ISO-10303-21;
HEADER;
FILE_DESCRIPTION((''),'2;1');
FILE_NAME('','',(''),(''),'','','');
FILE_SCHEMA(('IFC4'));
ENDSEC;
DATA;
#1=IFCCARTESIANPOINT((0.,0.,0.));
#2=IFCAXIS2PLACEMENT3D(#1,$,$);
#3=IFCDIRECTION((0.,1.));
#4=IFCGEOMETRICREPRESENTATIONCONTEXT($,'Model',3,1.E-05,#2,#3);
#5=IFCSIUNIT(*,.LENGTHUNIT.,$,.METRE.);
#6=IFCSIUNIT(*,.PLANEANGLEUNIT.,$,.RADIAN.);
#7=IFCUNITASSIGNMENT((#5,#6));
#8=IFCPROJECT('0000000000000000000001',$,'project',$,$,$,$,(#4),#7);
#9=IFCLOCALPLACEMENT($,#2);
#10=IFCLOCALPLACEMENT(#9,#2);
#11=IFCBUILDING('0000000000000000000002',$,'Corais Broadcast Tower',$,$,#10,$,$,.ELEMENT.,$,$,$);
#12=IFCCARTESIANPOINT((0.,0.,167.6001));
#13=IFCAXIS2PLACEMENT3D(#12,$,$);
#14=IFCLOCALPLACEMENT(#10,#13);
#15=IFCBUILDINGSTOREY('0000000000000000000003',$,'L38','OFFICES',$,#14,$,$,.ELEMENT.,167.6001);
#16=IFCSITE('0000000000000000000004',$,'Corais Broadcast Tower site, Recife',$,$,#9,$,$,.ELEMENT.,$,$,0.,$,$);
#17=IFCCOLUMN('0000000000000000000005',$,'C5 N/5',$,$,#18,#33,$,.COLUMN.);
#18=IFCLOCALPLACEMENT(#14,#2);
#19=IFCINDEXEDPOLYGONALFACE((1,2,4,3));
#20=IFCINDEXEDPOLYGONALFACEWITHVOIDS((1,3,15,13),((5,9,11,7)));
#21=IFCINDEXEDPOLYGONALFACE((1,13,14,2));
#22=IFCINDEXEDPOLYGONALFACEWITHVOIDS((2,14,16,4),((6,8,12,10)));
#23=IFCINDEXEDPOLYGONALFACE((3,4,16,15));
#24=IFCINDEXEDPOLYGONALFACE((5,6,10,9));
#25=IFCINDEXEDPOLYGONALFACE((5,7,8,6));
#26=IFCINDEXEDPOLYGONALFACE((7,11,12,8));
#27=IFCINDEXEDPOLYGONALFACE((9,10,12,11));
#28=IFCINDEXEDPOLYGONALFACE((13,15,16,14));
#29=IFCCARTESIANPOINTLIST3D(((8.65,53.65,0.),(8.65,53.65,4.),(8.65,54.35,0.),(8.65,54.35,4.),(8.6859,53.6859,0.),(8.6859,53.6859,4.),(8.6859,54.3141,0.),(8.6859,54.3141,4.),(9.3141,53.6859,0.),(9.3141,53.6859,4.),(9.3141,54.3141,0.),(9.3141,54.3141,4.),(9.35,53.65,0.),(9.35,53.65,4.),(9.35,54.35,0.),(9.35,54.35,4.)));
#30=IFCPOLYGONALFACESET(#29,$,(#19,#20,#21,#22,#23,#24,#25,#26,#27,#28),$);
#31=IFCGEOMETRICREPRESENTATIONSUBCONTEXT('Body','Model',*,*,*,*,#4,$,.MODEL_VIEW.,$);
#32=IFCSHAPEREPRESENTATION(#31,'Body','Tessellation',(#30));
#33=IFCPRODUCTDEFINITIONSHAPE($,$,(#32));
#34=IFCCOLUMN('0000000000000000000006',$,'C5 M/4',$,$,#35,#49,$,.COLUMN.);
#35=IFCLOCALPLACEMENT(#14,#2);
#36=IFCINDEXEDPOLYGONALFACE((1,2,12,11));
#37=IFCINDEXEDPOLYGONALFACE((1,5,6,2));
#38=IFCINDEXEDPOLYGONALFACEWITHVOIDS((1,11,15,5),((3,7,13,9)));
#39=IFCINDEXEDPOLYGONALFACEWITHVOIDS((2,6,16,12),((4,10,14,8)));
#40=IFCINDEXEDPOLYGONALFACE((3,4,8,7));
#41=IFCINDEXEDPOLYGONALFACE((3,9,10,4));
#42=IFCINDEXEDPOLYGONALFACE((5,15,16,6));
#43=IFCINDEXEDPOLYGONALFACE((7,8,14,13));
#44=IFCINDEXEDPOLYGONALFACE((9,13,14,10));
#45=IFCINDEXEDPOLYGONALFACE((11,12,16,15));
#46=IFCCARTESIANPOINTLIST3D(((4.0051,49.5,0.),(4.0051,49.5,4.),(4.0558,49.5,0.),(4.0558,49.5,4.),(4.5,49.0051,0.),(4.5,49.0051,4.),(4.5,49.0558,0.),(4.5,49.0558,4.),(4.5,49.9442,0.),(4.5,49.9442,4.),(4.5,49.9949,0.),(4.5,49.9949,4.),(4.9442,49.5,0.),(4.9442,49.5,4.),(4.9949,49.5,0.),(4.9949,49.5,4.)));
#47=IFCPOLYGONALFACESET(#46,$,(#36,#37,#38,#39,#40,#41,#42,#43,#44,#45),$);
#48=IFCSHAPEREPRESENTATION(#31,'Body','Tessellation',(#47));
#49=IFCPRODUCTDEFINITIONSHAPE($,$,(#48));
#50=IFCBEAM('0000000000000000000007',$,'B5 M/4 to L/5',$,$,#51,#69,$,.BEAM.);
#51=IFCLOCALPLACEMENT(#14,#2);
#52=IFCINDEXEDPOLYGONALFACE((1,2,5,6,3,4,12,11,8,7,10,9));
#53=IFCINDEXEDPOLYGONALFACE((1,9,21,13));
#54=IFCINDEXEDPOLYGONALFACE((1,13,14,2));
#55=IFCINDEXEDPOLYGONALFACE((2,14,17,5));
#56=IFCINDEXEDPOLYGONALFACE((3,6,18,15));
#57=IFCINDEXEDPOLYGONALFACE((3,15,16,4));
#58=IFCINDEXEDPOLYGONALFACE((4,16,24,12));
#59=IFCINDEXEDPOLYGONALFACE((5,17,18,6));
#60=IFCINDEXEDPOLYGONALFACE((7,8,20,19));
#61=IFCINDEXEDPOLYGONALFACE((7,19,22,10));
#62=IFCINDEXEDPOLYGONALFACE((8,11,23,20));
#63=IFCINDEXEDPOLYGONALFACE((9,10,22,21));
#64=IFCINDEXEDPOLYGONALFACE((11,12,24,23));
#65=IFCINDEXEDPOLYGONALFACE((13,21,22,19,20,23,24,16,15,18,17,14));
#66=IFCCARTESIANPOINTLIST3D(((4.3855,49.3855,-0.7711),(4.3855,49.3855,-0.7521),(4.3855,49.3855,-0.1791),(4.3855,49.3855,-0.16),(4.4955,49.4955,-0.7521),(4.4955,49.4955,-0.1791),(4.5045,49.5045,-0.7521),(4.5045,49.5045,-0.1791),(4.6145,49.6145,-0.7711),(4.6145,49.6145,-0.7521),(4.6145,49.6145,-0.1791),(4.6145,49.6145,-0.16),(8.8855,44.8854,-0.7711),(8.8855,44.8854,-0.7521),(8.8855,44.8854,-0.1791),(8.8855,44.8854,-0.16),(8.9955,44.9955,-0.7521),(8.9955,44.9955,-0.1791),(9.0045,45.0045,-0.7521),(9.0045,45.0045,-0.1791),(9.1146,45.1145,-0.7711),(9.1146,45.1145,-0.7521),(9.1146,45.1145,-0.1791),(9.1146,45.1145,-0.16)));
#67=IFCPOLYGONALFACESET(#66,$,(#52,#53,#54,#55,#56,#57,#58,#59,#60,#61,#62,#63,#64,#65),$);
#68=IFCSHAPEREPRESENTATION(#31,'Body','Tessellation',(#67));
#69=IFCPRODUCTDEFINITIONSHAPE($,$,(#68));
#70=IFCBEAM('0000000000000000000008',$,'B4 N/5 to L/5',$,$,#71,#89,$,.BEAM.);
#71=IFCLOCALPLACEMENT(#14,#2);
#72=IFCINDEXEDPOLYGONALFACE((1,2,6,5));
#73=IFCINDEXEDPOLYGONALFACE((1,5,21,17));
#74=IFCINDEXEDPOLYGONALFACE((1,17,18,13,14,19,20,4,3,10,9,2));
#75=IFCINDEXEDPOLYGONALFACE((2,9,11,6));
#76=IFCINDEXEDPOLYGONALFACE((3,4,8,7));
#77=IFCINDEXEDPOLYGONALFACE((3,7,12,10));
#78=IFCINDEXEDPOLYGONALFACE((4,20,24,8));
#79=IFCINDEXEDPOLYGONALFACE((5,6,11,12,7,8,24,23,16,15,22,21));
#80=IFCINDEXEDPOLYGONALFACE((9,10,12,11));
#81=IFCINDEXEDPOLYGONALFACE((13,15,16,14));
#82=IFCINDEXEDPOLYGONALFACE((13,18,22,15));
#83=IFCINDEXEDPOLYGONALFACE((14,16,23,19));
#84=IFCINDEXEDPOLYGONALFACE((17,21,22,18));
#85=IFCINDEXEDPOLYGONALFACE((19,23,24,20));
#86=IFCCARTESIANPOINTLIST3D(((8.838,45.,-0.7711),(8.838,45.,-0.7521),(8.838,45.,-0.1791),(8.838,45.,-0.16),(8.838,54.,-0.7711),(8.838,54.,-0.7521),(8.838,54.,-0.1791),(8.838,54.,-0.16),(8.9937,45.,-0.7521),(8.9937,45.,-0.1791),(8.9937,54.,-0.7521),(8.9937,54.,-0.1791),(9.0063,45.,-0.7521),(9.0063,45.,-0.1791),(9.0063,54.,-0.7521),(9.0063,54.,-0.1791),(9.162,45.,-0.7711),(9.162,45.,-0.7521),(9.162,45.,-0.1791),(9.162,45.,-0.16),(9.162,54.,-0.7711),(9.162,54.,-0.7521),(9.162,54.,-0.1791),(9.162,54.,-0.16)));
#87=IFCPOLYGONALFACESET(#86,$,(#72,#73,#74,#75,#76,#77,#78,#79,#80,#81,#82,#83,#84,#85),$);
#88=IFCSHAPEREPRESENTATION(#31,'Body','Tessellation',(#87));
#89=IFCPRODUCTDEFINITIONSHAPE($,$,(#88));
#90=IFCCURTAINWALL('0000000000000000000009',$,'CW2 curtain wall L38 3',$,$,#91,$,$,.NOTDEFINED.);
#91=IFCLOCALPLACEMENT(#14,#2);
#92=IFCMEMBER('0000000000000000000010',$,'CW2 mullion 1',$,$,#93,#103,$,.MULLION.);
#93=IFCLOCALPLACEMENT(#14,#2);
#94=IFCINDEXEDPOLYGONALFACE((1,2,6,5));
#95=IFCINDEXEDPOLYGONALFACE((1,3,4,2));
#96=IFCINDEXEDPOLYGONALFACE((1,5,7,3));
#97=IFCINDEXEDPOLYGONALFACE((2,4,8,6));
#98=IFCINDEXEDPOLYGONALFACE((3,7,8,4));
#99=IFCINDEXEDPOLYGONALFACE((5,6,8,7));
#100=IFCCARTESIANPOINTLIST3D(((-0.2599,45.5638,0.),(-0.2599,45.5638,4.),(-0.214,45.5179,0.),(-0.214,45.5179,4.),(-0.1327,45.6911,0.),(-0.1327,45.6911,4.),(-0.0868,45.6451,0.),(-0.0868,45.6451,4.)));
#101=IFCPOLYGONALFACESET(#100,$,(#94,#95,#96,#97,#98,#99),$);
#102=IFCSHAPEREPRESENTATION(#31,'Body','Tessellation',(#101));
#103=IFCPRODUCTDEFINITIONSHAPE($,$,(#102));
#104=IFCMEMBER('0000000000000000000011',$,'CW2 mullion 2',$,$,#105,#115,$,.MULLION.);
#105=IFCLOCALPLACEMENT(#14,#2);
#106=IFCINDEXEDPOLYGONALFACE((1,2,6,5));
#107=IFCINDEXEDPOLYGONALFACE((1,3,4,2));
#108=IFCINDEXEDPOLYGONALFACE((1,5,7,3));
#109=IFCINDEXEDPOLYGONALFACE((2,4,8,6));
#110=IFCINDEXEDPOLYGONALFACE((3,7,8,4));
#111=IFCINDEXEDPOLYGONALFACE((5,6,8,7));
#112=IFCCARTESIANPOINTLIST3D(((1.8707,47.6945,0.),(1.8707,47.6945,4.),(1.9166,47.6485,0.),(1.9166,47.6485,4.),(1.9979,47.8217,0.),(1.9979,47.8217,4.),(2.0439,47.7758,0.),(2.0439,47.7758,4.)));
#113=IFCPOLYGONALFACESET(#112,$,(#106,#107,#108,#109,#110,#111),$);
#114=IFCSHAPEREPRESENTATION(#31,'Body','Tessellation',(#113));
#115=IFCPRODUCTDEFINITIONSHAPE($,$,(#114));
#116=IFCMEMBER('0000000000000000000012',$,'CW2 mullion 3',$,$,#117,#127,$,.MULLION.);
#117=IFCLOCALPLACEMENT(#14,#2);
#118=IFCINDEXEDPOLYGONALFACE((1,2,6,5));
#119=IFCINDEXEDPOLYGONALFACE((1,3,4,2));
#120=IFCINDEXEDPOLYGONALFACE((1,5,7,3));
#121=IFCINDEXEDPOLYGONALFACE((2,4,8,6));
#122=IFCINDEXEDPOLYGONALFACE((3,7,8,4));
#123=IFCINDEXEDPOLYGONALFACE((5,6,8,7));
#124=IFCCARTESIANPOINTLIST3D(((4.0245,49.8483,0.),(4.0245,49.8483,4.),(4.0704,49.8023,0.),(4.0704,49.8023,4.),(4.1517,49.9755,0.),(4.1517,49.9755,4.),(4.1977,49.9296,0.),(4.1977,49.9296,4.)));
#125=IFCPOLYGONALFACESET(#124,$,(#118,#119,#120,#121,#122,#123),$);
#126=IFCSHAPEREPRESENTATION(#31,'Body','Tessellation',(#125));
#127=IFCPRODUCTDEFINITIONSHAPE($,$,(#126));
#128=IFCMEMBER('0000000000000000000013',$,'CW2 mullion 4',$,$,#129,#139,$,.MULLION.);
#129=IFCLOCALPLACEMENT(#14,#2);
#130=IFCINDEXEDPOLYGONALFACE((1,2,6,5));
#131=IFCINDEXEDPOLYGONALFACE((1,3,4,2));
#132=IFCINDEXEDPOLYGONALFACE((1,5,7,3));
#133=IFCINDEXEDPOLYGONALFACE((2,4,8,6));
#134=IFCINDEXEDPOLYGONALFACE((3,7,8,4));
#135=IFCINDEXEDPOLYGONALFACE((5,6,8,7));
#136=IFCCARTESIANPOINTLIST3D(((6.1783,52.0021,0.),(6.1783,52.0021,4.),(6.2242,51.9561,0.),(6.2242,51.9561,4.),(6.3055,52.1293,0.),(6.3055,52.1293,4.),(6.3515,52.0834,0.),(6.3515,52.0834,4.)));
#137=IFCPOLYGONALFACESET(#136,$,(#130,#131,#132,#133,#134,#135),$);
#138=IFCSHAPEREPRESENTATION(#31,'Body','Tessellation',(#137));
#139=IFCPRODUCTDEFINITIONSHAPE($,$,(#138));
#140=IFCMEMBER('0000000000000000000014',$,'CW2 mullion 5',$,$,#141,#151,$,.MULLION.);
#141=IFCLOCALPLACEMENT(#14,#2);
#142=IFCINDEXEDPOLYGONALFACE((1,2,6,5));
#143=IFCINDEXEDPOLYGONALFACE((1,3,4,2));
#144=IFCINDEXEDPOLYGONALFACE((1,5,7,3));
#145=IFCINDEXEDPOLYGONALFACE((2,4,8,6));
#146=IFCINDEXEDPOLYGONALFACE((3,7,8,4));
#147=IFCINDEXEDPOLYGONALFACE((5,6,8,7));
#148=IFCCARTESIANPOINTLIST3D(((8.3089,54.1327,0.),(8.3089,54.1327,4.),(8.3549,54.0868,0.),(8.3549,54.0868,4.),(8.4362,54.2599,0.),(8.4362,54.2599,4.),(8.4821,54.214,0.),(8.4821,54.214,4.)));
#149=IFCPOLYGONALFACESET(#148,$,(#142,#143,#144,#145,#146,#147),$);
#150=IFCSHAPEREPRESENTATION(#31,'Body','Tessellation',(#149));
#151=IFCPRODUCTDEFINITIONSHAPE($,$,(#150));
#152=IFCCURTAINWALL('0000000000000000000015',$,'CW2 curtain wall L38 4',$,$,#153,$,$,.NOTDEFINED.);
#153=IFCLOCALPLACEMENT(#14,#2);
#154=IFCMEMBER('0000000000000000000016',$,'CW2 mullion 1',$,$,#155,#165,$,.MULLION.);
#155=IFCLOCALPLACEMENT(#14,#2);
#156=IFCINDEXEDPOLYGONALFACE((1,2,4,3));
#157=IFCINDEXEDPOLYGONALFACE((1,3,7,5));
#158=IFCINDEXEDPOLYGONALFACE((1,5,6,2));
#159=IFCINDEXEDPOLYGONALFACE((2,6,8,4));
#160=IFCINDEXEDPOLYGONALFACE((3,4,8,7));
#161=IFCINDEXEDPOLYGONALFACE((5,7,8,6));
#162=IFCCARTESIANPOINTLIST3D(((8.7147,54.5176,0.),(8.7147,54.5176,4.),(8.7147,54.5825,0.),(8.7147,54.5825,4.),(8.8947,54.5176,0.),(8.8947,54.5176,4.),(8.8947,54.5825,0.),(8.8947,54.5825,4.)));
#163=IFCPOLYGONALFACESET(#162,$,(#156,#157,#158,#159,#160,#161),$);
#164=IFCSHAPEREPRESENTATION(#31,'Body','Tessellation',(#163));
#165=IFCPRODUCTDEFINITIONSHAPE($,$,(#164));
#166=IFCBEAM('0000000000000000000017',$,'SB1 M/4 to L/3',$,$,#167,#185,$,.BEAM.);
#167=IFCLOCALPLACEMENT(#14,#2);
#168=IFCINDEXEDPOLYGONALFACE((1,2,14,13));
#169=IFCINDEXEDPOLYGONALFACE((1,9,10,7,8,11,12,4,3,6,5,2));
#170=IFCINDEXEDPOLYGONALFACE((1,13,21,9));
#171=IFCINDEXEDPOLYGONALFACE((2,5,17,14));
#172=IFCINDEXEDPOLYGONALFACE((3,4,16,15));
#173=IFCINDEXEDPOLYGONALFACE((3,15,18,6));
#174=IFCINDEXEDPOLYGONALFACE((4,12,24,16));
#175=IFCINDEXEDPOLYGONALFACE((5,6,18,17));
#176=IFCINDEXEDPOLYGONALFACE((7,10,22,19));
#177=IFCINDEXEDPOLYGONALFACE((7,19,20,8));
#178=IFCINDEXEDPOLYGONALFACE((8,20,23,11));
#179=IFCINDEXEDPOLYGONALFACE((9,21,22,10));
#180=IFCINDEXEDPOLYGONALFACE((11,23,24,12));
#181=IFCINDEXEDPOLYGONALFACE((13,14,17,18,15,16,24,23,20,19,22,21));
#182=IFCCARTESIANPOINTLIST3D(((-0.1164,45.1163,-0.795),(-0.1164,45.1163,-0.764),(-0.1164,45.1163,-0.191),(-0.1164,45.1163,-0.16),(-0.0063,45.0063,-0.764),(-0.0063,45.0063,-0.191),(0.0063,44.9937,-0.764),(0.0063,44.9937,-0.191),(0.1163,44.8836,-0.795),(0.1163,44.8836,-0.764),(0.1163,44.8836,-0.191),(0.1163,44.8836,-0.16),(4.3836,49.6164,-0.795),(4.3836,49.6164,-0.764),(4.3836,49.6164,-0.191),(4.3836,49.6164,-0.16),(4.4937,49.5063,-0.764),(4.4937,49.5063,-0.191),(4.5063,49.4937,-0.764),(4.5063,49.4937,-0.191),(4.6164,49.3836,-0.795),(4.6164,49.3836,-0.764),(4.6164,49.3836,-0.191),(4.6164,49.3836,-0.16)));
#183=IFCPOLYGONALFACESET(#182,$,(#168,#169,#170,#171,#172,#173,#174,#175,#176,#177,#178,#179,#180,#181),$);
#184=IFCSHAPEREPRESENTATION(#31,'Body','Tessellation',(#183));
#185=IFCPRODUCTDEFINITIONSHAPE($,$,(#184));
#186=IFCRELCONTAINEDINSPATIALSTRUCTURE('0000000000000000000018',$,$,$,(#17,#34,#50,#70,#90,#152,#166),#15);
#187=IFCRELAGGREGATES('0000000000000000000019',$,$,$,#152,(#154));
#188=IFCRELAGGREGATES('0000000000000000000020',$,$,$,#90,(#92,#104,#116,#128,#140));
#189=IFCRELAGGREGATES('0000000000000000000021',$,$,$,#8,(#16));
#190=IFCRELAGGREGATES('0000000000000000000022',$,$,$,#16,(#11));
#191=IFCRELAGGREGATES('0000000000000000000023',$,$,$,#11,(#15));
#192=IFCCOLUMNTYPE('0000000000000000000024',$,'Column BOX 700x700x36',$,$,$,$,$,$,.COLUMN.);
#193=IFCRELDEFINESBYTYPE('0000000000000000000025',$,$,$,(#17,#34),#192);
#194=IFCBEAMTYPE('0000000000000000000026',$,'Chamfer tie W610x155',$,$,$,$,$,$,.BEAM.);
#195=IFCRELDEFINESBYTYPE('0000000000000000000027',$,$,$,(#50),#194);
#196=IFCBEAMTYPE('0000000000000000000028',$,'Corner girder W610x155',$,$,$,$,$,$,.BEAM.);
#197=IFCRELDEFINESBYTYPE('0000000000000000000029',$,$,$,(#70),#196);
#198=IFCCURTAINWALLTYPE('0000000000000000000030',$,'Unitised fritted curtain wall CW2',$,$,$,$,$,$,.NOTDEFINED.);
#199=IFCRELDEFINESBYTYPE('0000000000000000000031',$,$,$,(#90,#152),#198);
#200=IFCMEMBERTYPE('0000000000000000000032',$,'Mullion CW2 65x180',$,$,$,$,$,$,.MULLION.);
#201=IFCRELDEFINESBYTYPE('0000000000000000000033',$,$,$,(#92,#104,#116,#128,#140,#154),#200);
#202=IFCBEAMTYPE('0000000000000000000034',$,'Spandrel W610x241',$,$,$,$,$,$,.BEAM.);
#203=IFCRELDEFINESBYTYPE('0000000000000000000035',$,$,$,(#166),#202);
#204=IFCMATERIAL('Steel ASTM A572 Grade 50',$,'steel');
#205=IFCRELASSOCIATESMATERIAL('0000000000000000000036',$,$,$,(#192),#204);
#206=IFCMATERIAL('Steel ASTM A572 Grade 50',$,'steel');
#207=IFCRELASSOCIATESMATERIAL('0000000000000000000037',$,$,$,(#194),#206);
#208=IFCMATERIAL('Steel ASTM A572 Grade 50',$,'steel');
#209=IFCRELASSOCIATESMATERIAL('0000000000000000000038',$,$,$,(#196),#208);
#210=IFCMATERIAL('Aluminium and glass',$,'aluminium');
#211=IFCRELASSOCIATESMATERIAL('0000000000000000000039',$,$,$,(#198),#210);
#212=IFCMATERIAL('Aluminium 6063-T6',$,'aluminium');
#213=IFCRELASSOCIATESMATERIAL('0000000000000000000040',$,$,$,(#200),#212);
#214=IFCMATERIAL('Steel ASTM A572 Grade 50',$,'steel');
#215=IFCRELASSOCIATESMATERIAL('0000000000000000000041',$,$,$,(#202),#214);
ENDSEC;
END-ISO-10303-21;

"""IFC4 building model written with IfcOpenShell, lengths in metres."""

from ifc_helpers import new_model, si_unit, direction, frame, origin, origin_2d, place, context, subcontext, project, spatial, rectangle, hollow_rectangle, i_section, extrude, material, material_profile, profile_set, type_object, element, aggregate, save


model = new_model("IFC4")

# Units and contexts
model_context = context("Model", 3, precision=1e-05, world=origin(), true_north=direction((0.0, 1.0)))
body_context = subcontext(model_context, "Body", "Model", "MODEL_VIEW")
ifc_project = project(units=[si_unit("LENGTHUNIT", "METRE"), si_unit("PLANEANGLEUNIT", "RADIAN")], contexts=[model_context])

# Site, building, storey
site_placement = place(None, origin())
site = spatial("IfcSite", under=ifc_project, at=site_placement, Name="Corais Broadcast Tower site, Recife", CompositionType="ELEMENT", RefElevation=0.0)
building_placement = place(site_placement, origin())
building = spatial("IfcBuilding", under=site, at=building_placement, Name="Corais Broadcast Tower", CompositionType="ELEMENT")
storey_placement = place(building_placement, frame((0.0, 0.0, 167.6001)))
storey = spatial("IfcBuildingStorey", under=building, at=storey_placement, Name="L38", Description="OFFICES", CompositionType="ELEMENT", Elevation=167.6001)

# Columns
ifc_material_1 = material(Name="Steel ASTM A572 Grade 50", Category="steel")
ifc_material_profile_1 = material_profile(ifc_material_1, hollow_rectangle(XDim=0.7, YDim=0.7, WallThickness=0.0359, at=origin_2d()), Name="BOX 700x700x36")
ifc_profile_set_1 = profile_set([ifc_material_profile_1], Name="Steel ASTM A572 Grade 50")
column_type = type_object("IfcColumnType", Name="Column BOX 700x700x36", PredefinedType="COLUMN", material=ifc_profile_set_1)
for number, where, z_axis, x_axis, name in (
    (1, (9.0, 54.0, 0.0), (0.0, 0.0, 1.0), (1.0, 0.0, 0.0), "C5 N/5"),
    (2, (4.5, 49.5, 0.0), (0.0, 0.0, 1.0), (0.707107, 0.707107, 0.0), "C5 M/4"),
):
    element("IfcColumn", number, at=place(storey_placement, frame(where, z_axis=z_axis, x_axis=x_axis)), inside=storey, type_object=column_type, Name=name, PredefinedType="COLUMN", context=body_context, shape_type="SweptSolid", body=[
        extrude(hollow_rectangle(XDim=0.7, YDim=0.7, WallThickness=0.0359, at=origin_2d()), origin(), (0.0, 0.0, 1.0), 4.0),
    ])

# Beams
ifc_material_2 = material(Name="Steel ASTM A572 Grade 50", Category="steel")
ifc_material_profile_2 = material_profile(ifc_material_2, i_section(OverallWidth=0.324, OverallDepth=0.6111, WebThickness=0.0127, FlangeThickness=0.019, at=origin_2d()), Name="W610x155")
ifc_profile_set_2 = profile_set([ifc_material_profile_2], Name="Steel ASTM A572 Grade 50")
beam_type_1 = type_object("IfcBeamType", Name="Chamfer tie W610x155", PredefinedType="BEAM", material=ifc_profile_set_2)
beam_1_placement = place(storey_placement, frame((4.5, 49.5, -0.4656), z_axis=(0.707107, -0.707107, 0.0), x_axis=(0.707107, 0.707107, 0.0)))
element("IfcBeam", 3, at=beam_1_placement, inside=storey, type_object=beam_type_1, Name="B5 M/4 to L/5", PredefinedType="BEAM", context=body_context, shape_type="SweptSolid", body=[
    extrude(i_section(OverallWidth=0.324, OverallDepth=0.6111, WebThickness=0.0127, FlangeThickness=0.019, at=origin_2d()), origin(), (0.0, 0.0, 1.0), 6.364),
])
ifc_material_3 = material(Name="Steel ASTM A572 Grade 50", Category="steel")
ifc_material_profile_3 = material_profile(ifc_material_3, i_section(OverallWidth=0.324, OverallDepth=0.6111, WebThickness=0.0127, FlangeThickness=0.019, at=origin_2d()), Name="W610x155")
ifc_profile_set_3 = profile_set([ifc_material_profile_3], Name="Steel ASTM A572 Grade 50")
beam_type_2 = type_object("IfcBeamType", Name="Corner girder W610x155", PredefinedType="BEAM", material=ifc_profile_set_3)
beam_2_placement = place(storey_placement, frame((9.0, 54.0, -0.4656), z_axis=(0.0, -1.0, 0.0), x_axis=(1.0, 0.0, 0.0)))
element("IfcBeam", 4, at=beam_2_placement, inside=storey, type_object=beam_type_2, Name="B4 N/5 to L/5", PredefinedType="BEAM", context=body_context, shape_type="SweptSolid", body=[
    extrude(i_section(OverallWidth=0.324, OverallDepth=0.6111, WebThickness=0.0127, FlangeThickness=0.019, at=origin_2d()), origin(), (0.0, 0.0, 1.0), 9.0),
])

# Curtain wall, members
ifc_material_4 = material(Name="Aluminium and glass", Category="aluminium")
curtain_wall_type = type_object("IfcCurtainWallType", Name="Unitised fritted curtain wall CW2", PredefinedType="NOTDEFINED", material=ifc_material_4)
curtain_wall_1_placement = place(storey_placement, origin())
curtain_wall_1 = element("IfcCurtainWall", 5, at=curtain_wall_1_placement, inside=storey, type_object=curtain_wall_type, Name="CW2 curtain wall L38 3", PredefinedType="NOTDEFINED")
ifc_material_5 = material(Name="Aluminium 6063-T6", Category="aluminium")
ifc_material_profile_4 = material_profile(ifc_material_5, rectangle(XDim=0.0649, YDim=0.1799, at=origin_2d()), Name="Mullion CW2 65x180")
ifc_profile_set_4 = profile_set([ifc_material_profile_4], Name="Aluminium 6063-T6")
member_type_1 = type_object("IfcMemberType", Name="Mullion CW2 65x180", PredefinedType="MULLION", material=ifc_profile_set_4)
member_1_placement = place(storey_placement, frame((-0.1733, 45.6045, 0.0), z_axis=(0.0, 0.0, 1.0), x_axis=(-0.707107, 0.707107, 0.0)))
member_1 = element("IfcMember", 6, at=member_1_placement, type_object=member_type_1, Name="CW2 mullion 1", PredefinedType="MULLION", context=body_context, shape_type="SweptSolid", body=[
    extrude(rectangle(XDim=0.0649, YDim=0.1799, at=origin_2d()), origin(), (0.0, 0.0, 1.0), 4.0),
])
member_2_placement = place(storey_placement, frame((1.9573, 47.7351, 0.0), z_axis=(0.0, 0.0, 1.0), x_axis=(-0.707107, 0.707107, 0.0)))
member_2 = element("IfcMember", 7, at=member_2_placement, type_object=member_type_1, Name="CW2 mullion 2", PredefinedType="MULLION", context=body_context, shape_type="SweptSolid", body=[
    extrude(rectangle(XDim=0.0649, YDim=0.1799, at=origin_2d()), origin(), (0.0, 0.0, 1.0), 4.0),
])
member_3_placement = place(storey_placement, frame((4.1111, 49.8889, 0.0), z_axis=(0.0, 0.0, 1.0), x_axis=(-0.707107, 0.707107, 0.0)))
member_3 = element("IfcMember", 8, at=member_3_placement, type_object=member_type_1, Name="CW2 mullion 3", PredefinedType="MULLION", context=body_context, shape_type="SweptSolid", body=[
    extrude(rectangle(XDim=0.0649, YDim=0.1799, at=origin_2d()), origin(), (0.0, 0.0, 1.0), 4.0),
])
member_4_placement = place(storey_placement, frame((6.2649, 52.0427, 0.0), z_axis=(0.0, 0.0, 1.0), x_axis=(-0.707107, 0.707107, 0.0)))
member_4 = element("IfcMember", 9, at=member_4_placement, type_object=member_type_1, Name="CW2 mullion 4", PredefinedType="MULLION", context=body_context, shape_type="SweptSolid", body=[
    extrude(rectangle(XDim=0.0649, YDim=0.1799, at=origin_2d()), origin(), (0.0, 0.0, 1.0), 4.0),
])
member_5_placement = place(storey_placement, frame((8.3955, 54.1733, 0.0), z_axis=(0.0, 0.0, 1.0), x_axis=(-0.707107, 0.707107, 0.0)))
member_5 = element("IfcMember", 10, at=member_5_placement, type_object=member_type_1, Name="CW2 mullion 5", PredefinedType="MULLION", context=body_context, shape_type="SweptSolid", body=[
    extrude(rectangle(XDim=0.0649, YDim=0.1799, at=origin_2d()), origin(), (0.0, 0.0, 1.0), 4.0),
])

# Curtain wall, member
curtain_wall_2_placement = place(storey_placement, origin())
curtain_wall_2 = element("IfcCurtainWall", 11, at=curtain_wall_2_placement, inside=storey, type_object=curtain_wall_type, Name="CW2 curtain wall L38 4", PredefinedType="NOTDEFINED")
member_6_placement = place(storey_placement, frame((8.8047, 54.55, 0.0), z_axis=(0.0, 0.0, 1.0), x_axis=(0.0, 1.0, 0.0)))
member_6 = element("IfcMember", 12, at=member_6_placement, type_object=member_type_1, Name="CW2 mullion 1", PredefinedType="MULLION", context=body_context, shape_type="SweptSolid", body=[
    extrude(rectangle(XDim=0.0649, YDim=0.1799, at=origin_2d()), origin(), (0.0, 0.0, 1.0), 4.0),
])

# Beam
ifc_material_6 = material(Name="Steel ASTM A572 Grade 50", Category="steel")
ifc_material_profile_5 = material_profile(ifc_material_6, i_section(OverallWidth=0.3291, OverallDepth=0.635, WebThickness=0.0178, FlangeThickness=0.031, at=origin_2d()), Name="W610x241")
ifc_profile_set_5 = profile_set([ifc_material_profile_5], Name="Steel ASTM A572 Grade 50")
beam_type_3 = type_object("IfcBeamType", Name="Spandrel W610x241", PredefinedType="BEAM", material=ifc_profile_set_5)
for number, where, z_axis, x_axis, name in (
    (13, (4.5, 49.5, -0.4775), (-0.707107, -0.707107, 0.0), (0.707107, -0.707107, 0.0), "SB1 M/4 to L/3"),
):
    element("IfcBeam", number, at=place(storey_placement, frame(where, z_axis=z_axis, x_axis=x_axis)), inside=storey, type_object=beam_type_3, Name=name, PredefinedType="BEAM", context=body_context, shape_type="SweptSolid", body=[
        extrude(i_section(OverallWidth=0.3291, OverallDepth=0.635, WebThickness=0.0178, FlangeThickness=0.031, at=origin_2d()), origin(), (0.0, 0.0, 1.0), 6.364),
    ])

aggregate(curtain_wall_2, [member_6])
aggregate(curtain_wall_1, [member_1, member_2, member_3, member_4, member_5])

save(model, "model.ifc")
